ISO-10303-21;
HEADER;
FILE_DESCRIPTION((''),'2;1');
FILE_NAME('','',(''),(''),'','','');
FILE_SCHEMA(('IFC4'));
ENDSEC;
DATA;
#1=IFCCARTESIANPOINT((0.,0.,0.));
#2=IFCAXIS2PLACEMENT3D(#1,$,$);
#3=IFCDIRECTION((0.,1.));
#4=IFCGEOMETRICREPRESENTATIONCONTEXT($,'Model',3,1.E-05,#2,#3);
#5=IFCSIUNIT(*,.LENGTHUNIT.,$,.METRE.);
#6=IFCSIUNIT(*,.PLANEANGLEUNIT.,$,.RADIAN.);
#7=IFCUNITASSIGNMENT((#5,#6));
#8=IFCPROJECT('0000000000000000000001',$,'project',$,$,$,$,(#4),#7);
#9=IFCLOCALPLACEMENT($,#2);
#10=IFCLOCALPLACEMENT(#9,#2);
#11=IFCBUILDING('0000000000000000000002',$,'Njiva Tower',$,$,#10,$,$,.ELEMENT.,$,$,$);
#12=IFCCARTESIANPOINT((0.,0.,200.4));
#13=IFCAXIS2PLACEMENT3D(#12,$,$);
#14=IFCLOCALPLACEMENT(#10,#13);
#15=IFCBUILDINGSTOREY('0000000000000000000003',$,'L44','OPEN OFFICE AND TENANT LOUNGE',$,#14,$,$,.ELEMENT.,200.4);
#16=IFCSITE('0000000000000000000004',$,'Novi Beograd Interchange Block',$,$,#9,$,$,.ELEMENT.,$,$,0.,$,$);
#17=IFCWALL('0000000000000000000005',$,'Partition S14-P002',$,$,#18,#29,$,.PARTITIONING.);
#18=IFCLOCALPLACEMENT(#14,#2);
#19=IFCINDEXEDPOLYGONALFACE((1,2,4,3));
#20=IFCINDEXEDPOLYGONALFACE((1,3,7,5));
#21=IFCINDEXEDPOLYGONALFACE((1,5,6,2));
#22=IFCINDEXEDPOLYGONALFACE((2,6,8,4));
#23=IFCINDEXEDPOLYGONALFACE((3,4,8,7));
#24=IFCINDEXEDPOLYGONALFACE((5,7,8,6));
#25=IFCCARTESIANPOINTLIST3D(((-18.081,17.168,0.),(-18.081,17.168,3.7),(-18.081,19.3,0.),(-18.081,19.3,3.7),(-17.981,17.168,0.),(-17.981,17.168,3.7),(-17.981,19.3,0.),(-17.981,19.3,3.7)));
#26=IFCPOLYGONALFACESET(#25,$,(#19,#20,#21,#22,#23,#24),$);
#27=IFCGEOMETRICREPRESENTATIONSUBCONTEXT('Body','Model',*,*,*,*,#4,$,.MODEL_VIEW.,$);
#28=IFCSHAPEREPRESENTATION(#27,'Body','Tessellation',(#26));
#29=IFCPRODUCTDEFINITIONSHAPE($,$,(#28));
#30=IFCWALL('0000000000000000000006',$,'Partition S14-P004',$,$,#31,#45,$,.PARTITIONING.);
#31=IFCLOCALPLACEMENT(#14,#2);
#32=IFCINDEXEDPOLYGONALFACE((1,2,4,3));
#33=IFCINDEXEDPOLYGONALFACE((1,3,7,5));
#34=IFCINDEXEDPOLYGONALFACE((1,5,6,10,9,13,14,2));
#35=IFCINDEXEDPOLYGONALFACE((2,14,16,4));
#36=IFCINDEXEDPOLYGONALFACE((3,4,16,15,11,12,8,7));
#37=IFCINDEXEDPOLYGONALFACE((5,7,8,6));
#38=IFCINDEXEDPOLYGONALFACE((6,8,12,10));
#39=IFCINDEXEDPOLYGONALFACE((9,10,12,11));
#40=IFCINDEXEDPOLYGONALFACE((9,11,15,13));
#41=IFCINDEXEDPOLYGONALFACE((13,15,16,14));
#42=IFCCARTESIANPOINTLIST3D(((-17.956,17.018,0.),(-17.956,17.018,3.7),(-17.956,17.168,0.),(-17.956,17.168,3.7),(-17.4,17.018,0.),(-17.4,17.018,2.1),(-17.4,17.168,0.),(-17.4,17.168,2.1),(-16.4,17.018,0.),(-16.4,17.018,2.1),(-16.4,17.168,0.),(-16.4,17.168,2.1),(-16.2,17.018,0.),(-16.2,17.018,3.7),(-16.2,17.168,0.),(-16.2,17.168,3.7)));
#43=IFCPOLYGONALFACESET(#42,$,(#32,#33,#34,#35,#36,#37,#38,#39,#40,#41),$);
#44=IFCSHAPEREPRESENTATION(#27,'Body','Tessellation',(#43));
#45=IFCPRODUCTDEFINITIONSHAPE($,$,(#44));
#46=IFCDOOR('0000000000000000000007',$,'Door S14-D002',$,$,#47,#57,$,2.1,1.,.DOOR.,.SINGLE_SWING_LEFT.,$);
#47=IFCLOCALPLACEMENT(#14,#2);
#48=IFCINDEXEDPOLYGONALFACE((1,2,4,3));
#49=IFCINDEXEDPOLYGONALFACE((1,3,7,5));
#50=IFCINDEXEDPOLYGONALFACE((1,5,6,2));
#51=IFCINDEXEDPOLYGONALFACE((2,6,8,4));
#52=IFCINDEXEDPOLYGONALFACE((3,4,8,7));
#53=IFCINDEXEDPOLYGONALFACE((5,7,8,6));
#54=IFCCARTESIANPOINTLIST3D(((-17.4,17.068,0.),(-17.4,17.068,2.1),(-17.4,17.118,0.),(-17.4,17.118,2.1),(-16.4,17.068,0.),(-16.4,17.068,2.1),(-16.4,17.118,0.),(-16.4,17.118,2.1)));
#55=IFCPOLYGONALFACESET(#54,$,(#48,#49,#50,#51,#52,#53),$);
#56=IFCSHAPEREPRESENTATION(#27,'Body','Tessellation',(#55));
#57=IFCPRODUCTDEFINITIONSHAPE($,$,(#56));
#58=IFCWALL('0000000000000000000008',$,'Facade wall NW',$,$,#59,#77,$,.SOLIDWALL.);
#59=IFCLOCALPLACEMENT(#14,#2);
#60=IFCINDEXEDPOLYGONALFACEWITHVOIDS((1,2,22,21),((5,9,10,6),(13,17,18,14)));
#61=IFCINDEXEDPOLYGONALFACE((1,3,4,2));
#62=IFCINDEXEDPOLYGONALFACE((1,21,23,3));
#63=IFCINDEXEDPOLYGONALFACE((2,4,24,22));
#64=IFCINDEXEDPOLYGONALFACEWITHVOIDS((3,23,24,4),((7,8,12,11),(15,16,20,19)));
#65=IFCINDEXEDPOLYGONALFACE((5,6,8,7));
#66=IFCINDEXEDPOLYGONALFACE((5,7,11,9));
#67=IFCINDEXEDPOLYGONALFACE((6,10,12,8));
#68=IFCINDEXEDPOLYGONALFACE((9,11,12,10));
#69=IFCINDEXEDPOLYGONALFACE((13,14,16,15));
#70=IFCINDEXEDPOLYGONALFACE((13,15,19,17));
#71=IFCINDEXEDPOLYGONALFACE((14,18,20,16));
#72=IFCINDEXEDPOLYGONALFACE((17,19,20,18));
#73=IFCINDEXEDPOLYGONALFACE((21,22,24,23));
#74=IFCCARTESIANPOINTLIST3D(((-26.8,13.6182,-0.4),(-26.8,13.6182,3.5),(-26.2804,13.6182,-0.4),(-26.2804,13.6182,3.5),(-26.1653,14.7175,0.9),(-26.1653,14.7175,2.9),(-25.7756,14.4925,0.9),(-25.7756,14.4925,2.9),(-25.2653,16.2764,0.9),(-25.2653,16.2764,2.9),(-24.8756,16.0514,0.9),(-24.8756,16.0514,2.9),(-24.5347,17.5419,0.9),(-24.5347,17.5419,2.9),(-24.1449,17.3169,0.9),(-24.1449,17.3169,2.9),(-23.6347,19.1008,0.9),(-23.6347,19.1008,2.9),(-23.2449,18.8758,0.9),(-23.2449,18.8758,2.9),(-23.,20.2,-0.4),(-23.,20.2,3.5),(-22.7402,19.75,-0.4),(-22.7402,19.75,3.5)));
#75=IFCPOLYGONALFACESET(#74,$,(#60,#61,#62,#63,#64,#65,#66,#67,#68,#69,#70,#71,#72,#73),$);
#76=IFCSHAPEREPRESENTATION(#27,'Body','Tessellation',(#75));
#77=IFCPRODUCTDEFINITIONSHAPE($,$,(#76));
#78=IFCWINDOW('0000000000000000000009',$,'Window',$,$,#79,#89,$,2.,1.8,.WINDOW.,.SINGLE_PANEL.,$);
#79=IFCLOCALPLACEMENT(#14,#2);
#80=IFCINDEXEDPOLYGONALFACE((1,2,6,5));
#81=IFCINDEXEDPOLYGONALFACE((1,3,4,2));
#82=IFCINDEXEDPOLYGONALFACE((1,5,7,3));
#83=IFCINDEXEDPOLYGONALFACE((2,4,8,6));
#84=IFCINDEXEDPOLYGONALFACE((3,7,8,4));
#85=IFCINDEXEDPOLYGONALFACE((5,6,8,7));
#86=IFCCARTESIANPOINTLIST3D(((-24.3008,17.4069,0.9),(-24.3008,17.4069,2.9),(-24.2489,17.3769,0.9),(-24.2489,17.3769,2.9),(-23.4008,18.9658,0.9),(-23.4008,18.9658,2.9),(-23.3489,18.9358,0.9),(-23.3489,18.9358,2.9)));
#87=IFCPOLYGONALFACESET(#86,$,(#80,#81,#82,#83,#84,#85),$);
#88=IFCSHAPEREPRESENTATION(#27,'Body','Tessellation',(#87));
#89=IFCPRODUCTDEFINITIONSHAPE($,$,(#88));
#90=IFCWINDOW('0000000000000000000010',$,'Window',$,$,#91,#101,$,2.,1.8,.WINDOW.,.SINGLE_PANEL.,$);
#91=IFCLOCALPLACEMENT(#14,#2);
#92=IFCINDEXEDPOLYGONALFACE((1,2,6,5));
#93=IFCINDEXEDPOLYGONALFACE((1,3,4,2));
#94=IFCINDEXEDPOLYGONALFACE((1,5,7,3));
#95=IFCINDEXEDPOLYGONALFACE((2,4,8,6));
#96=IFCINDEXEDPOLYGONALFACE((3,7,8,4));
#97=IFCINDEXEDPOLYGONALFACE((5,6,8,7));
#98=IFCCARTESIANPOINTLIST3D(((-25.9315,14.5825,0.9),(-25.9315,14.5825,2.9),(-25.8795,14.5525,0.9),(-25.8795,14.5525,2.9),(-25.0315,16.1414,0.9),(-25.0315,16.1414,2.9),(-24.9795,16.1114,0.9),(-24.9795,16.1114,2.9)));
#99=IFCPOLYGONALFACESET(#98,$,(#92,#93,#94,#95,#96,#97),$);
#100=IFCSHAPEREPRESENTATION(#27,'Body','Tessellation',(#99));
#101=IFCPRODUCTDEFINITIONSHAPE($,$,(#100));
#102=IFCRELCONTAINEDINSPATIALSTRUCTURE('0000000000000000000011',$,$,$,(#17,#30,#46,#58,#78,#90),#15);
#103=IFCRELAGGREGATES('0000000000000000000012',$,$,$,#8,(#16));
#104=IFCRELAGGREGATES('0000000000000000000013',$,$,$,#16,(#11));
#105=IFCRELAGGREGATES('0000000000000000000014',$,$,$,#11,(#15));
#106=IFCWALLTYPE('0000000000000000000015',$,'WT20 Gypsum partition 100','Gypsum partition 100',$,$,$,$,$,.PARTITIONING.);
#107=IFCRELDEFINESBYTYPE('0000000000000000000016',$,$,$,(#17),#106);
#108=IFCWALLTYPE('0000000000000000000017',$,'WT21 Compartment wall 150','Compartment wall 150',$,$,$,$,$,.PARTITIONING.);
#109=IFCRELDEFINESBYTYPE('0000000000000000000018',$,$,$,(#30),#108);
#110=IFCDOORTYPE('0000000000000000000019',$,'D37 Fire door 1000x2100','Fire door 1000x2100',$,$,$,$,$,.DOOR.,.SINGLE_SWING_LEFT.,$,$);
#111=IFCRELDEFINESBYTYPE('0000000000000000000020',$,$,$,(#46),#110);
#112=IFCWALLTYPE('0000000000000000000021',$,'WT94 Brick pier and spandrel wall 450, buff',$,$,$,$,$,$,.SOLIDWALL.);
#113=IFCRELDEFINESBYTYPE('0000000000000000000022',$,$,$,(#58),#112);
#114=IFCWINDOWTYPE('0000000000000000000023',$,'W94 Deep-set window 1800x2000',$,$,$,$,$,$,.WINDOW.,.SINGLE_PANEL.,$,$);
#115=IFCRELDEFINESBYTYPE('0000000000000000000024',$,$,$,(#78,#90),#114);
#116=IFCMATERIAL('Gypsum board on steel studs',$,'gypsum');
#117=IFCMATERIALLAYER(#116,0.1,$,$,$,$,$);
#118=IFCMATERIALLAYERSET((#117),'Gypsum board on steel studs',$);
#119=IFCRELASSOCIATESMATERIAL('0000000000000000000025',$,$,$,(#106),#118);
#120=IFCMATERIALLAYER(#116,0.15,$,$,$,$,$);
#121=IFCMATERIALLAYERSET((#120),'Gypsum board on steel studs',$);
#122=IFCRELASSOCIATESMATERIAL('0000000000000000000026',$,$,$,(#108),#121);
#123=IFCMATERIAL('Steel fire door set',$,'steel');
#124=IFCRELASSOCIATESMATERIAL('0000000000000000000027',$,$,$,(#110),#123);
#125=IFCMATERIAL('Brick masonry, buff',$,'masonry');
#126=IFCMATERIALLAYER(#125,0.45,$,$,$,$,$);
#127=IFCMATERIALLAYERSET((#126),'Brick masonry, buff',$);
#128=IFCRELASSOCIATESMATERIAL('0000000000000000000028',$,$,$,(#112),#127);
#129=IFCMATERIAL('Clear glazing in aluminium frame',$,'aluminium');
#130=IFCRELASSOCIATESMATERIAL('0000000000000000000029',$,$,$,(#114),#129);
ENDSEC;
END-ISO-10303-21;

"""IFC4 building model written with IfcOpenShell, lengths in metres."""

from ifc_helpers import new_model, si_unit, direction, frame, frame_2d, origin, place, context, subcontext, project, spatial, polyline, rectangle, outline, extrude, material, layer, layer_set, type_object, element, fill, save


model = new_model("IFC4")

# Units and contexts
model_context = context("Model", 3, precision=1e-05, world=origin(), true_north=direction((0.0, 1.0)))
body_context = subcontext(model_context, "Body", "Model", "MODEL_VIEW")
ifc_project = project(units=[si_unit("LENGTHUNIT", "METRE"), si_unit("PLANEANGLEUNIT", "RADIAN")], contexts=[model_context])

# Site, building, storey
site_placement = place(None, origin())
site = spatial("IfcSite", under=ifc_project, at=site_placement, Name="Novi Beograd Interchange Block", CompositionType="ELEMENT", RefElevation=0.0)
building_placement = place(site_placement, origin())
building = spatial("IfcBuilding", under=site, at=building_placement, Name="Njiva Tower", CompositionType="ELEMENT")
storey_placement = place(building_placement, frame((0.0, 0.0, 200.4)))
storey = spatial("IfcBuildingStorey", under=building, at=storey_placement, Name="L44", Description="OPEN OFFICE AND TENANT LOUNGE", CompositionType="ELEMENT", Elevation=200.4)

# Wall
ifc_material_1 = material(Name="Gypsum board on steel studs", Category="gypsum")
ifc_layer_1 = layer(ifc_material_1, 0.1)
ifc_layer_set_1 = layer_set([ifc_layer_1], Name="Gypsum board on steel studs")
wall_type_1 = type_object("IfcWallType", Name="WT20 Gypsum partition 100", Description="Gypsum partition 100", PredefinedType="PARTITIONING", material=ifc_layer_set_1)
wall_1_placement = place(storey_placement, frame((-18.031, 17.168, 0.0), z_axis=(0.0, 0.0, 1.0), x_axis=(0.0, 1.0, 0.0)))
element("IfcWall", 1, at=wall_1_placement, inside=storey, type_object=wall_type_1, Name="Partition S14-P002", PredefinedType="PARTITIONING", context=body_context, shape_type="SweptSolid", body=[
    extrude(rectangle(XDim=2.132, YDim=0.1, at=frame_2d((1.066, 0.0))), origin(), (0.0, 0.0, 1.0), 3.7),
])

# Wall, opening, door
ifc_layer_2 = layer(ifc_material_1, 0.15)
ifc_layer_set_2 = layer_set([ifc_layer_2], Name="Gypsum board on steel studs")
wall_type_2 = type_object("IfcWallType", Name="WT21 Compartment wall 150", Description="Compartment wall 150", PredefinedType="PARTITIONING", material=ifc_layer_set_2)
wall_2_placement = place(storey_placement, frame((-17.956, 17.093, 0.0), z_axis=(0.0, 0.0, 1.0), x_axis=(1.0, 0.0, 0.0)))
wall_2 = element("IfcWall", 2, at=wall_2_placement, inside=storey, type_object=wall_type_2, Name="Partition S14-P004", PredefinedType="PARTITIONING", context=body_context, shape_type="SweptSolid", body=[
    extrude(rectangle(XDim=1.756, YDim=0.15, at=frame_2d((0.878, 0.0))), origin(), (0.0, 0.0, 1.0), 3.7),
])
opening_1_placement = place(wall_2_placement, frame((0.556, 0.0, 0.0)))
opening_1 = element("IfcOpeningElement", 3, at=opening_1_placement, cuts=wall_2, PredefinedType="OPENING", context=body_context, shape_type="SweptSolid", body=[
    extrude(rectangle(XDim=1.0, YDim=2.1, at=frame_2d((0.5, 1.05))), frame((0.0, 0.085, 0.0), z_axis=(0.0, -1.0, 0.0), x_axis=(1.0, 0.0, 0.0)), (0.0, 0.0, 1.0), 0.17),
])
ifc_material_2 = material(Name="Steel fire door set", Category="steel")
door_type = type_object("IfcDoorType", Name="D37 Fire door 1000x2100", Description="Fire door 1000x2100", OperationType="SINGLE_SWING_LEFT", PredefinedType="DOOR", material=ifc_material_2)
door_placement = place(opening_1_placement, origin())
door = element("IfcDoor", 4, at=door_placement, inside=storey, type_object=door_type, Name="Door S14-D002", OperationType="SINGLE_SWING_LEFT", OverallHeight=2.1, OverallWidth=1.0, PredefinedType="DOOR", context=body_context, shape_type="SweptSolid", body=[
    extrude(rectangle(XDim=1.0, YDim=2.1, at=frame_2d((0.5, 1.05))), frame((0.0, 0.025, 0.0), z_axis=(0.0, -1.0, 0.0), x_axis=(1.0, 0.0, 0.0)), (0.0, 0.0, 1.0), 0.05),
])
fill(opening_1, door)

# Wall, openings, windows
ifc_material_3 = material(Name="Clear glazing in aluminium frame", Category="aluminium")
ifc_material_4 = material(Name="Brick masonry, buff", Category="masonry")
ifc_layer_3 = layer(ifc_material_4, 0.45)
ifc_layer_set_3 = layer_set([ifc_layer_3], Name="Brick masonry, buff")
wall_type_3 = type_object("IfcWallType", Name="WT94 Brick pier and spandrel wall 450, buff", PredefinedType="SOLIDWALL", material=ifc_layer_set_3)
wall_3_placement = place(storey_placement, frame((-22.8701, 19.975, -0.4), z_axis=(0.0, 0.0, 1.0), x_axis=(-0.5, -0.866025, 0.0)))
wall_3 = element("IfcWall", 5, at=wall_3_placement, inside=storey, type_object=wall_type_3, Name="Facade wall NW", PredefinedType="SOLIDWALL", context=body_context, shape_type="SweptSolid", body=[
    extrude(outline(polyline([(-0.1299, -0.225), (7.4701, -0.225), (7.2103, 0.225), (0.1299, 0.225), (-0.1299, -0.225)])), origin(), (0.0, 0.0, 1.0), 3.9),
])
opening_2_placement = place(wall_3_placement, frame((1.1394, 0.0, 1.3)))
opening_2 = element("IfcOpeningElement", 6, at=opening_2_placement, cuts=wall_3, PredefinedType="OPENING", context=body_context, shape_type="SweptSolid", body=[
    extrude(rectangle(XDim=1.8, YDim=2.0, at=frame_2d((0.9, 1.0))), frame((0.0, 0.235, 0.0), z_axis=(0.0, -1.0, 0.0), x_axis=(1.0, 0.0, 0.0)), (0.0, 0.0, 1.0), 0.47),
])
opening_3_placement = place(wall_3_placement, frame((4.4007, 0.0, 1.3)))
opening_3 = element("IfcOpeningElement", 7, at=opening_3_placement, cuts=wall_3, PredefinedType="OPENING", context=body_context, shape_type="SweptSolid", body=[
    extrude(rectangle(XDim=1.8, YDim=2.0, at=frame_2d((0.9, 1.0))), frame((0.0, 0.235, 0.0), z_axis=(0.0, -1.0, 0.0), x_axis=(1.0, 0.0, 0.0)), (0.0, 0.0, 1.0), 0.47),
])
window_type_1 = type_object("IfcWindowType", Name="W94 Deep-set window 1800x2000", PartitioningType="SINGLE_PANEL", PredefinedType="WINDOW", material=ifc_material_3)
window_1_placement = place(opening_2_placement, origin())
window_1 = element("IfcWindow", 8, at=window_1_placement, inside=storey, type_object=window_type_1, Name="Window", OverallHeight=2.0, OverallWidth=1.8, PartitioningType="SINGLE_PANEL", PredefinedType="WINDOW", context=body_context, shape_type="SweptSolid", body=[
    extrude(rectangle(XDim=1.8, YDim=2.0, at=frame_2d((0.9, 1.0))), frame((0.0, 0.105, 0.0), z_axis=(0.0, -1.0, 0.0), x_axis=(1.0, 0.0, 0.0)), (0.0, 0.0, 1.0), 0.06),
])
fill(opening_2, window_1)
window_2_placement = place(opening_3_placement, origin())
window_2 = element("IfcWindow", 9, at=window_2_placement, inside=storey, type_object=window_type_1, Name="Window", OverallHeight=2.0, OverallWidth=1.8, PartitioningType="SINGLE_PANEL", PredefinedType="WINDOW", context=body_context, shape_type="SweptSolid", body=[
    extrude(rectangle(XDim=1.8, YDim=2.0, at=frame_2d((0.9, 1.0))), frame((0.0, 0.105, 0.0), z_axis=(0.0, -1.0, 0.0), x_axis=(1.0, 0.0, 0.0)), (0.0, 0.0, 1.0), 0.06),
])
fill(opening_3, window_2)

save(model, "model.ifc")
